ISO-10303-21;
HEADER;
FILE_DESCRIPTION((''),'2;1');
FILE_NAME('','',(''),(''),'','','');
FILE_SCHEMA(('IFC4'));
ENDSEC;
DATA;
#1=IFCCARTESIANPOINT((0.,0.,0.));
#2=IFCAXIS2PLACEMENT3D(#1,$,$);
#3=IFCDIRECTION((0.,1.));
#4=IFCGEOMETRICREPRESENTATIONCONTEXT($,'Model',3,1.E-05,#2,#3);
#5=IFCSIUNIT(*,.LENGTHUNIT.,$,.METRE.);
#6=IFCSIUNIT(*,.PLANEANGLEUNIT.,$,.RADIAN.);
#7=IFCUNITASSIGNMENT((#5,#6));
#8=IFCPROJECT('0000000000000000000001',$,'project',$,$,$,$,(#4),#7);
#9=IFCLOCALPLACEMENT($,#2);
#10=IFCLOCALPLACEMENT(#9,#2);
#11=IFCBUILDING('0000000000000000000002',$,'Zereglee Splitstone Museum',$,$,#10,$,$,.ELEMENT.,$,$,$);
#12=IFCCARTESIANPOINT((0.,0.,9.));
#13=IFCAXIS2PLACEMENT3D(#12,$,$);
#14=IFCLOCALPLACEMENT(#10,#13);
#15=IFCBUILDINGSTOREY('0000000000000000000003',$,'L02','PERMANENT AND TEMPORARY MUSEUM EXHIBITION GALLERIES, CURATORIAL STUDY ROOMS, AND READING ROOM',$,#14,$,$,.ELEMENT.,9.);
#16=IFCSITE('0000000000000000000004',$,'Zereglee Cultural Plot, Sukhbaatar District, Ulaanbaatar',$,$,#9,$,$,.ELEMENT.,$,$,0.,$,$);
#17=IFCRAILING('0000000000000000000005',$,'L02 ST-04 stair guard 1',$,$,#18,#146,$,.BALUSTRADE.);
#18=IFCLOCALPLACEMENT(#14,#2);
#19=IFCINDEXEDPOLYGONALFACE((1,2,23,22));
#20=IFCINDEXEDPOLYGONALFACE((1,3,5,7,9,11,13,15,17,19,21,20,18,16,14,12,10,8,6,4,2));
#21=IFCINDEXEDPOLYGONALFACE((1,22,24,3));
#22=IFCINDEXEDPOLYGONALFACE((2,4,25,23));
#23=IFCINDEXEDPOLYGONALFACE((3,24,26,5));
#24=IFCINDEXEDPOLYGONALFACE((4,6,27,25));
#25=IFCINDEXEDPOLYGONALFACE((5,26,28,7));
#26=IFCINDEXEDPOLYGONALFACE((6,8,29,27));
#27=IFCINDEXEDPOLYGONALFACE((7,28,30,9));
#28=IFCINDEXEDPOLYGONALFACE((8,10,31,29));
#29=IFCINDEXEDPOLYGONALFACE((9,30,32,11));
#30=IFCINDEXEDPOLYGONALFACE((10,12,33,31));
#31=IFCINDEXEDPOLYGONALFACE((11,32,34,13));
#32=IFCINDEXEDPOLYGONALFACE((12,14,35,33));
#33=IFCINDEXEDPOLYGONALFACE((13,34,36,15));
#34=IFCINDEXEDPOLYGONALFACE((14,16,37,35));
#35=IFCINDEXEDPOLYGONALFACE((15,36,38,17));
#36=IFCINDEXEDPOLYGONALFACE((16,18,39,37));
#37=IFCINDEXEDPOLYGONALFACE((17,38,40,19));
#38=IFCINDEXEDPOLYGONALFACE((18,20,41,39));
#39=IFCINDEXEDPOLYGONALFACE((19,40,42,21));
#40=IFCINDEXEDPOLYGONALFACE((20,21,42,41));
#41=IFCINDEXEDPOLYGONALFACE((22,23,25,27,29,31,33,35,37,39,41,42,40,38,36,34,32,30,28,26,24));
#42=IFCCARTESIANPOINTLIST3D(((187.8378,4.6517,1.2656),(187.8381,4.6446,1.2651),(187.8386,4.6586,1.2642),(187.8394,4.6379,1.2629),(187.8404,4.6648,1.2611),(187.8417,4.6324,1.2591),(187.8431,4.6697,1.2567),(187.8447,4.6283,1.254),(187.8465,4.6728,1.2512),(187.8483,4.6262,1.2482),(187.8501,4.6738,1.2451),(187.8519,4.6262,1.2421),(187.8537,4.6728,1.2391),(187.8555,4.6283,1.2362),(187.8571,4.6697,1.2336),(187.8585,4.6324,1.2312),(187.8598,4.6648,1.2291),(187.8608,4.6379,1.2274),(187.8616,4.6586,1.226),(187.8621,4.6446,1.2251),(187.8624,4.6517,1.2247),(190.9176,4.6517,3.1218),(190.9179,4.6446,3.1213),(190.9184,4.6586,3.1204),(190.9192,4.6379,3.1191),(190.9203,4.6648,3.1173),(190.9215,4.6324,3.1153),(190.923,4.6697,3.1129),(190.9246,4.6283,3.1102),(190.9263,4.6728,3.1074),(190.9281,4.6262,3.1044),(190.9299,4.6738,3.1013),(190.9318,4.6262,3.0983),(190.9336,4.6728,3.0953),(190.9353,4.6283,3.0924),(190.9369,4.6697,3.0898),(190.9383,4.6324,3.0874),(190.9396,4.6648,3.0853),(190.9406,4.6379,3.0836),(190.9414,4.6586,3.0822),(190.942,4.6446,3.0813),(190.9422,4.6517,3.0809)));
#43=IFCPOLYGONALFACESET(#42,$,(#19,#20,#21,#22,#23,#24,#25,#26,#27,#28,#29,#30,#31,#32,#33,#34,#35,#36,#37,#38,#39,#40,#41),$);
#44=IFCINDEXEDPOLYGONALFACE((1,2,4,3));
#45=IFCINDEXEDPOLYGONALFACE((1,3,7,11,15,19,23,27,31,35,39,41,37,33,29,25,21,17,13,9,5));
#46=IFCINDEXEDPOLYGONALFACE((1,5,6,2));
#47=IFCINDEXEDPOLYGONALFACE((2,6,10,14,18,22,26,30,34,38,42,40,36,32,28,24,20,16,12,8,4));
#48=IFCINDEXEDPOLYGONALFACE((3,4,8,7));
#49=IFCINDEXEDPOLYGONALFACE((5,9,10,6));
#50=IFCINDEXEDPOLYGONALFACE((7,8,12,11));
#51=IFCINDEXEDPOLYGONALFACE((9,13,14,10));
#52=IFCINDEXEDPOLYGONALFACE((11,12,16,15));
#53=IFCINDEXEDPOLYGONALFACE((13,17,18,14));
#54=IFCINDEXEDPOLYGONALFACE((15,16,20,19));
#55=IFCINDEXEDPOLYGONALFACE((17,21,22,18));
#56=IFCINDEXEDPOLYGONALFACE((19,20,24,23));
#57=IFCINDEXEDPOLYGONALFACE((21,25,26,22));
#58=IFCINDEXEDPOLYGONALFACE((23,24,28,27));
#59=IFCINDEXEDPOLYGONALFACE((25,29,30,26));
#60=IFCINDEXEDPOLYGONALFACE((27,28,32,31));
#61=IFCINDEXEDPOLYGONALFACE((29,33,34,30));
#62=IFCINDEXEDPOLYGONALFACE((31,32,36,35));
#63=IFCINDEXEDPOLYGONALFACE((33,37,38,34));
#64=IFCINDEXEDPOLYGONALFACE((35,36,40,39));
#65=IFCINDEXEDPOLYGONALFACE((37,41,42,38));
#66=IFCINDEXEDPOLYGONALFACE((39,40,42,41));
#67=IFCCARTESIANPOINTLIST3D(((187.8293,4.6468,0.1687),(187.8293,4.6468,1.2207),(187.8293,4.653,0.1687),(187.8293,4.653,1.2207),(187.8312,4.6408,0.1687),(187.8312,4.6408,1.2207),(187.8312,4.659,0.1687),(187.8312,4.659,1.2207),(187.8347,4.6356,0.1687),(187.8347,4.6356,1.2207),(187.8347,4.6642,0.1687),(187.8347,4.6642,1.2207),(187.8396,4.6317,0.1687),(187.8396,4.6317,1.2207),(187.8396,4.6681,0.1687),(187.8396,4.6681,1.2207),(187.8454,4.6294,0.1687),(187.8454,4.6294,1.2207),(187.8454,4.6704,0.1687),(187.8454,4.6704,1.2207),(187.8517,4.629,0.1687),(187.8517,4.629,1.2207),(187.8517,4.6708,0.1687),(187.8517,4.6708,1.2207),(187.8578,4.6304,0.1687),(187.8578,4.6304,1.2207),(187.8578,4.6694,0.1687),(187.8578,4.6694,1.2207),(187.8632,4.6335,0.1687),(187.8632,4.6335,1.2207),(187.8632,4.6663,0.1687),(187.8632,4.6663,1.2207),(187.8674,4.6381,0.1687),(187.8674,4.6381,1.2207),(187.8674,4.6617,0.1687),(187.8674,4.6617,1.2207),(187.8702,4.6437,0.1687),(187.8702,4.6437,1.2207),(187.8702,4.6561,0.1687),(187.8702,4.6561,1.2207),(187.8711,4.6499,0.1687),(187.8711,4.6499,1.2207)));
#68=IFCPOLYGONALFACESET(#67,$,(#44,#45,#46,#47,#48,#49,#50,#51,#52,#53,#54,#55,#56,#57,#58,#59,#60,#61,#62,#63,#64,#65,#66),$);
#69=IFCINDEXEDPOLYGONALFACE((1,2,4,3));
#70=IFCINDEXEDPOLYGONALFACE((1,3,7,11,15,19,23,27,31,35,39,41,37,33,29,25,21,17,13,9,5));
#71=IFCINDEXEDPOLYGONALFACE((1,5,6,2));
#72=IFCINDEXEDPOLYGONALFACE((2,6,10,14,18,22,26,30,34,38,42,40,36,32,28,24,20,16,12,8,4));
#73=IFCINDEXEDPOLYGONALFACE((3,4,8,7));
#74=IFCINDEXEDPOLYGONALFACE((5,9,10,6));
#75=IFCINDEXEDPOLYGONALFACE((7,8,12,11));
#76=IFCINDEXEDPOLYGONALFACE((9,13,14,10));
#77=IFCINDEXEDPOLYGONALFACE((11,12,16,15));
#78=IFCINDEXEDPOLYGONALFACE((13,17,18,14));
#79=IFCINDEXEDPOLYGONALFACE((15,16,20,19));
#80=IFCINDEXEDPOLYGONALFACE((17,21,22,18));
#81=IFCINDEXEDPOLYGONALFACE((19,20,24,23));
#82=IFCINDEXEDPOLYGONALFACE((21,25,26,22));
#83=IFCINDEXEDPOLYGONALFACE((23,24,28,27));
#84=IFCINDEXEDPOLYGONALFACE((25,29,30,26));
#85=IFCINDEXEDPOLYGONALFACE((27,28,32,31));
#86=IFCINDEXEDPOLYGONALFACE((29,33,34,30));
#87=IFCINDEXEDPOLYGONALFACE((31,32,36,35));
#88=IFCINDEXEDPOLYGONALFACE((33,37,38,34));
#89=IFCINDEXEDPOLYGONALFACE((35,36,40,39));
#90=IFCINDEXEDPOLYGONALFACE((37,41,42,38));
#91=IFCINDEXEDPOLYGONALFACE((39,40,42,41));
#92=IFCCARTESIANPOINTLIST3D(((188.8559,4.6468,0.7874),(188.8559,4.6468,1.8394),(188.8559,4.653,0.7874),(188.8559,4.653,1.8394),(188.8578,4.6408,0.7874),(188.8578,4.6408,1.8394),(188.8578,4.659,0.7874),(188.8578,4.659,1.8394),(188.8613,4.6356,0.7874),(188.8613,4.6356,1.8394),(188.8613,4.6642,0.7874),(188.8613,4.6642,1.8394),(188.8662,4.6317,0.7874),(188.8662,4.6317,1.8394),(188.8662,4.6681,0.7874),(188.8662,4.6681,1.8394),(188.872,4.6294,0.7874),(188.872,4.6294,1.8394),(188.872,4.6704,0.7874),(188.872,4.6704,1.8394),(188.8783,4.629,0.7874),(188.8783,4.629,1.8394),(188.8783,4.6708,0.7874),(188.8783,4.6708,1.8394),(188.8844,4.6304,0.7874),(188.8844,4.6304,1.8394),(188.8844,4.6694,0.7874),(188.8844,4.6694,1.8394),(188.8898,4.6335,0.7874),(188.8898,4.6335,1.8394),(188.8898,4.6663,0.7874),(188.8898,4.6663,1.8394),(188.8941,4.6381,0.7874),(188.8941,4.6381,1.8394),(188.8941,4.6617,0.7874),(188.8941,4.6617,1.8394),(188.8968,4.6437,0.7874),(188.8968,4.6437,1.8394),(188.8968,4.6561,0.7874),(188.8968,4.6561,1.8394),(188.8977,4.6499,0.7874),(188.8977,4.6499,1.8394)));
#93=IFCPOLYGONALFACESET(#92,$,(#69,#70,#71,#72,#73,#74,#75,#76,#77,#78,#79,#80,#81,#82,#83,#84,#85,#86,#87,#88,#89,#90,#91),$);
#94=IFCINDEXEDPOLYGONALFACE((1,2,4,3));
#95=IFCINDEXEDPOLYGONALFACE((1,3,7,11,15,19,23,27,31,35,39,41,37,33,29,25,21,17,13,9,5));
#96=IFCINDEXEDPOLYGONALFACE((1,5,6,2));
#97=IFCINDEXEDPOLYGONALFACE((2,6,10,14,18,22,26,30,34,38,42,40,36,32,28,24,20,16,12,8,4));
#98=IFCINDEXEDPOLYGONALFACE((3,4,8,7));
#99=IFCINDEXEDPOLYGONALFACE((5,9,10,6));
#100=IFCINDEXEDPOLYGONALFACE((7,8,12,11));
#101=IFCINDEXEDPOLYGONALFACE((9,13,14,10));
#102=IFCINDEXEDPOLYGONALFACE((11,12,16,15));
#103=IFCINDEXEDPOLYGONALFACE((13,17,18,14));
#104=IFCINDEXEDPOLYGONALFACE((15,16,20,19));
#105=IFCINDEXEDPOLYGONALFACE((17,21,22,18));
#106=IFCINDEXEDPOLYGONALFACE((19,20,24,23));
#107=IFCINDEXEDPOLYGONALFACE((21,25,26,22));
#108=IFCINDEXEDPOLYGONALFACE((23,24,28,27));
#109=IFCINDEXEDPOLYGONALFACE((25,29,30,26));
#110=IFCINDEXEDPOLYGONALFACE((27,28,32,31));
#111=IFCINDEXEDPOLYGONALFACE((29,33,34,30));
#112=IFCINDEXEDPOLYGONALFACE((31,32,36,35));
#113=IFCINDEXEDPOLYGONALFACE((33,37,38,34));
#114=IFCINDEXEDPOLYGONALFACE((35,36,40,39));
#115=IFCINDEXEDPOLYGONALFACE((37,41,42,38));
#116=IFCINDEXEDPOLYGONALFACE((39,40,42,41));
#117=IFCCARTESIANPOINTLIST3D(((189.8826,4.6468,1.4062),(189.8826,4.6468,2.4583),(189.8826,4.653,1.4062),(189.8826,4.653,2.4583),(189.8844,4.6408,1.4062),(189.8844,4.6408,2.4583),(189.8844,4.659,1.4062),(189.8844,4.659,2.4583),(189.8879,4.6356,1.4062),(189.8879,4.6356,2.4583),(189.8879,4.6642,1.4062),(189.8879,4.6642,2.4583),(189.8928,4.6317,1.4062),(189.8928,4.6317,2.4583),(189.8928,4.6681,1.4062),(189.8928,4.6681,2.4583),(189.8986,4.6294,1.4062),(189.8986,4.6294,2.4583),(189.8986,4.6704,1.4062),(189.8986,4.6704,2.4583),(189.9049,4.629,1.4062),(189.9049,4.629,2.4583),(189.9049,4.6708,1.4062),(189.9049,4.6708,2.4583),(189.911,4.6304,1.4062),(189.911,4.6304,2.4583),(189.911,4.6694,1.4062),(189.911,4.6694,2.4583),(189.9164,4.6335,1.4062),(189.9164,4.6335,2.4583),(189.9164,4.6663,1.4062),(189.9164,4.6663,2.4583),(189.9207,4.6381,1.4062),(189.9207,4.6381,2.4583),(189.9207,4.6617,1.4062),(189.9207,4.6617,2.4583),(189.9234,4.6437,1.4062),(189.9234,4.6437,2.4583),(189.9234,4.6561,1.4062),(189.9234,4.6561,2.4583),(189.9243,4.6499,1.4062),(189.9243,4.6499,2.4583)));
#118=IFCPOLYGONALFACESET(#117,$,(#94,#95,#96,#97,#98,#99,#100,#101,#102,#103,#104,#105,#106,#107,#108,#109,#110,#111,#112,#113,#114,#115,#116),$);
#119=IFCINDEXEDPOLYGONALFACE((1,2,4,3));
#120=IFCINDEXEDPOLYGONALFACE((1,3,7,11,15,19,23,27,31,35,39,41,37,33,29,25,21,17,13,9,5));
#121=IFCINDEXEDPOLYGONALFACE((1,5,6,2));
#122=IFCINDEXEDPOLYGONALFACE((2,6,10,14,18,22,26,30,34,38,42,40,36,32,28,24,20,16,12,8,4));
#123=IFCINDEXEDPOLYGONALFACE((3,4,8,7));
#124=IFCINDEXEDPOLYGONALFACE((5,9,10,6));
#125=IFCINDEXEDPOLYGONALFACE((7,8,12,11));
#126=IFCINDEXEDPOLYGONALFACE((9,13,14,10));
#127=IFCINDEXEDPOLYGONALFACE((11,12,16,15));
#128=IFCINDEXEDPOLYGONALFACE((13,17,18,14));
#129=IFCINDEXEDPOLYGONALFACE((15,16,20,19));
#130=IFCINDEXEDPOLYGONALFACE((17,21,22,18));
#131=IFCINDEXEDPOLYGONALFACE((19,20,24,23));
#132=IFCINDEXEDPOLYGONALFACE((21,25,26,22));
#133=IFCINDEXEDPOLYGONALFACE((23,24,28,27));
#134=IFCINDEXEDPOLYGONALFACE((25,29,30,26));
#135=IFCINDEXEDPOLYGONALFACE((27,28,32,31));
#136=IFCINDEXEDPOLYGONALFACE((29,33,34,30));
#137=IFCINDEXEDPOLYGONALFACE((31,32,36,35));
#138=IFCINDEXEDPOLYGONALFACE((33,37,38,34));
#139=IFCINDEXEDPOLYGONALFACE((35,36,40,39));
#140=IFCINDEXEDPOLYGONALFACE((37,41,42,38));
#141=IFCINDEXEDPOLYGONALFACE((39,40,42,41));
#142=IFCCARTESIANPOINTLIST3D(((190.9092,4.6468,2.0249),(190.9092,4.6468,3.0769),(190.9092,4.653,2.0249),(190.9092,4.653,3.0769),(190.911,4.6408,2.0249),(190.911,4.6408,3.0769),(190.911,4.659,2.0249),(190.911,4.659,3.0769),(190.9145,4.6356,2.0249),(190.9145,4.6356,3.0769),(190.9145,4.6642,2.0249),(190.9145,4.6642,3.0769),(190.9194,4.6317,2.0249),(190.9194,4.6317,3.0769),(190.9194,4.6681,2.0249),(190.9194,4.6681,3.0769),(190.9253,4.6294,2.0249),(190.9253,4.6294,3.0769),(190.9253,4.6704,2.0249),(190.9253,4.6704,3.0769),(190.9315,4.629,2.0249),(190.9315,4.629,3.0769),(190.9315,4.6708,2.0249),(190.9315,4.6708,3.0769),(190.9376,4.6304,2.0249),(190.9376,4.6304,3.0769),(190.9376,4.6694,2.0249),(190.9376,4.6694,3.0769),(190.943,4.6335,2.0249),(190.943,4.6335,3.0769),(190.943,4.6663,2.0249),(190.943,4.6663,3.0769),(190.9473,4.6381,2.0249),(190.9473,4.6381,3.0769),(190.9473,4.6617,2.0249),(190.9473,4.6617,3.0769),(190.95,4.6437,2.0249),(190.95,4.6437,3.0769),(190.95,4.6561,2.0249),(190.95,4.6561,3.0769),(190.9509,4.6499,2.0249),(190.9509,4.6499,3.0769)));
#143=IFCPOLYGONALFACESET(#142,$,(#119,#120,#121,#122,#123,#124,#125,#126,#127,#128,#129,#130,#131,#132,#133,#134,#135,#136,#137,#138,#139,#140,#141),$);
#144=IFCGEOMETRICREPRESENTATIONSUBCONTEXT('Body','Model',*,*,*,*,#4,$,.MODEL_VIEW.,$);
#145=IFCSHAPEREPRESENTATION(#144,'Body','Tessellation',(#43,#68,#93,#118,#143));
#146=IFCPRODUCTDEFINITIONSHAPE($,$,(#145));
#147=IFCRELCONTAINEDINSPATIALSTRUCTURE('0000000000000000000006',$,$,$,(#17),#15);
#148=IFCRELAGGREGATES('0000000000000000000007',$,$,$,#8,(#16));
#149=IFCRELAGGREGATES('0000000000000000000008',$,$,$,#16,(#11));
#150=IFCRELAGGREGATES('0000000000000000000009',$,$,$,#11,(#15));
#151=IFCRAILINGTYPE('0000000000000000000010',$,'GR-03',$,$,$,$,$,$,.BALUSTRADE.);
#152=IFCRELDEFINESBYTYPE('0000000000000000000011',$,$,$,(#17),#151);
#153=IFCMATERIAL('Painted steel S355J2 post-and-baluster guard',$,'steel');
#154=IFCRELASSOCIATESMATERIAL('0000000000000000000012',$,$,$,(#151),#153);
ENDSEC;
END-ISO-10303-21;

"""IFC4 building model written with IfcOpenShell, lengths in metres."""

from ifc_helpers import new_model, si_unit, direction, frame, origin, origin_2d, place, context, subcontext, project, spatial, circle, extrude, material, type_object, element, save


model = new_model("IFC4")

# Units and contexts
model_context = context("Model", 3, precision=1e-05, world=origin(), true_north=direction((0.0, 1.0)))
body_context = subcontext(model_context, "Body", "Model", "MODEL_VIEW")
ifc_project = project(units=[si_unit("LENGTHUNIT", "METRE"), si_unit("PLANEANGLEUNIT", "RADIAN")], contexts=[model_context])

# Site, building, storey
site_placement = place(None, origin())
site = spatial("IfcSite", under=ifc_project, at=site_placement, Name="Zereglee Cultural Plot, Sukhbaatar District, Ulaanbaatar", CompositionType="ELEMENT", RefElevation=0.0)
building_placement = place(site_placement, origin())
building = spatial("IfcBuilding", under=site, at=building_placement, Name="Zereglee Splitstone Museum", CompositionType="ELEMENT")
storey_placement = place(building_placement, frame((0.0, 0.0, 9.0)))
storey = spatial("IfcBuildingStorey", under=building, at=storey_placement, Name="L02", Description="PERMANENT AND TEMPORARY MUSEUM EXHIBITION GALLERIES, CURATORIAL STUDY ROOMS, AND READING ROOM", CompositionType="ELEMENT", Elevation=9.0)

# Railing
ifc_material_1 = material(Name="Painted steel S355J2 post-and-baluster guard", Category="steel")
railing_type_1 = type_object("IfcRailingType", Name="GR-03", PredefinedType="BALUSTRADE", material=ifc_material_1)
railing_1_placement = place(storey_placement, frame((187.8501, 4.6499, 0.1687)))
element("IfcRailing", 1, at=railing_1_placement, inside=storey, type_object=railing_type_1, Name="L02 ST-04 stair guard 1", PredefinedType="BALUSTRADE", context=body_context, shape_type="SweptSolid", body=[
    extrude(circle(Radius=0.0239, at=origin_2d()), frame((0.0, 0.0, 1.0764), z_axis=(0.856473, 0.0, 0.516192), x_axis=(0.0, 1.0, 0.0)), (0.0, 0.0, 1.0), 3.5959),
    extrude(circle(Radius=0.021, at=origin_2d()), origin(), (0.0, 0.0, 1.0), 1.052),
    extrude(circle(Radius=0.021, at=origin_2d()), frame((1.0266, 0.0, 0.6187)), (0.0, 0.0, 1.0), 1.052),
    extrude(circle(Radius=0.021, at=origin_2d()), frame((2.0532, 0.0, 1.2375)), (0.0, 0.0, 1.0), 1.052),
    extrude(circle(Radius=0.021, at=origin_2d()), frame((3.0798, 0.0, 1.8562)), (0.0, 0.0, 1.0), 1.052),
])

save(model, "model.ifc")
